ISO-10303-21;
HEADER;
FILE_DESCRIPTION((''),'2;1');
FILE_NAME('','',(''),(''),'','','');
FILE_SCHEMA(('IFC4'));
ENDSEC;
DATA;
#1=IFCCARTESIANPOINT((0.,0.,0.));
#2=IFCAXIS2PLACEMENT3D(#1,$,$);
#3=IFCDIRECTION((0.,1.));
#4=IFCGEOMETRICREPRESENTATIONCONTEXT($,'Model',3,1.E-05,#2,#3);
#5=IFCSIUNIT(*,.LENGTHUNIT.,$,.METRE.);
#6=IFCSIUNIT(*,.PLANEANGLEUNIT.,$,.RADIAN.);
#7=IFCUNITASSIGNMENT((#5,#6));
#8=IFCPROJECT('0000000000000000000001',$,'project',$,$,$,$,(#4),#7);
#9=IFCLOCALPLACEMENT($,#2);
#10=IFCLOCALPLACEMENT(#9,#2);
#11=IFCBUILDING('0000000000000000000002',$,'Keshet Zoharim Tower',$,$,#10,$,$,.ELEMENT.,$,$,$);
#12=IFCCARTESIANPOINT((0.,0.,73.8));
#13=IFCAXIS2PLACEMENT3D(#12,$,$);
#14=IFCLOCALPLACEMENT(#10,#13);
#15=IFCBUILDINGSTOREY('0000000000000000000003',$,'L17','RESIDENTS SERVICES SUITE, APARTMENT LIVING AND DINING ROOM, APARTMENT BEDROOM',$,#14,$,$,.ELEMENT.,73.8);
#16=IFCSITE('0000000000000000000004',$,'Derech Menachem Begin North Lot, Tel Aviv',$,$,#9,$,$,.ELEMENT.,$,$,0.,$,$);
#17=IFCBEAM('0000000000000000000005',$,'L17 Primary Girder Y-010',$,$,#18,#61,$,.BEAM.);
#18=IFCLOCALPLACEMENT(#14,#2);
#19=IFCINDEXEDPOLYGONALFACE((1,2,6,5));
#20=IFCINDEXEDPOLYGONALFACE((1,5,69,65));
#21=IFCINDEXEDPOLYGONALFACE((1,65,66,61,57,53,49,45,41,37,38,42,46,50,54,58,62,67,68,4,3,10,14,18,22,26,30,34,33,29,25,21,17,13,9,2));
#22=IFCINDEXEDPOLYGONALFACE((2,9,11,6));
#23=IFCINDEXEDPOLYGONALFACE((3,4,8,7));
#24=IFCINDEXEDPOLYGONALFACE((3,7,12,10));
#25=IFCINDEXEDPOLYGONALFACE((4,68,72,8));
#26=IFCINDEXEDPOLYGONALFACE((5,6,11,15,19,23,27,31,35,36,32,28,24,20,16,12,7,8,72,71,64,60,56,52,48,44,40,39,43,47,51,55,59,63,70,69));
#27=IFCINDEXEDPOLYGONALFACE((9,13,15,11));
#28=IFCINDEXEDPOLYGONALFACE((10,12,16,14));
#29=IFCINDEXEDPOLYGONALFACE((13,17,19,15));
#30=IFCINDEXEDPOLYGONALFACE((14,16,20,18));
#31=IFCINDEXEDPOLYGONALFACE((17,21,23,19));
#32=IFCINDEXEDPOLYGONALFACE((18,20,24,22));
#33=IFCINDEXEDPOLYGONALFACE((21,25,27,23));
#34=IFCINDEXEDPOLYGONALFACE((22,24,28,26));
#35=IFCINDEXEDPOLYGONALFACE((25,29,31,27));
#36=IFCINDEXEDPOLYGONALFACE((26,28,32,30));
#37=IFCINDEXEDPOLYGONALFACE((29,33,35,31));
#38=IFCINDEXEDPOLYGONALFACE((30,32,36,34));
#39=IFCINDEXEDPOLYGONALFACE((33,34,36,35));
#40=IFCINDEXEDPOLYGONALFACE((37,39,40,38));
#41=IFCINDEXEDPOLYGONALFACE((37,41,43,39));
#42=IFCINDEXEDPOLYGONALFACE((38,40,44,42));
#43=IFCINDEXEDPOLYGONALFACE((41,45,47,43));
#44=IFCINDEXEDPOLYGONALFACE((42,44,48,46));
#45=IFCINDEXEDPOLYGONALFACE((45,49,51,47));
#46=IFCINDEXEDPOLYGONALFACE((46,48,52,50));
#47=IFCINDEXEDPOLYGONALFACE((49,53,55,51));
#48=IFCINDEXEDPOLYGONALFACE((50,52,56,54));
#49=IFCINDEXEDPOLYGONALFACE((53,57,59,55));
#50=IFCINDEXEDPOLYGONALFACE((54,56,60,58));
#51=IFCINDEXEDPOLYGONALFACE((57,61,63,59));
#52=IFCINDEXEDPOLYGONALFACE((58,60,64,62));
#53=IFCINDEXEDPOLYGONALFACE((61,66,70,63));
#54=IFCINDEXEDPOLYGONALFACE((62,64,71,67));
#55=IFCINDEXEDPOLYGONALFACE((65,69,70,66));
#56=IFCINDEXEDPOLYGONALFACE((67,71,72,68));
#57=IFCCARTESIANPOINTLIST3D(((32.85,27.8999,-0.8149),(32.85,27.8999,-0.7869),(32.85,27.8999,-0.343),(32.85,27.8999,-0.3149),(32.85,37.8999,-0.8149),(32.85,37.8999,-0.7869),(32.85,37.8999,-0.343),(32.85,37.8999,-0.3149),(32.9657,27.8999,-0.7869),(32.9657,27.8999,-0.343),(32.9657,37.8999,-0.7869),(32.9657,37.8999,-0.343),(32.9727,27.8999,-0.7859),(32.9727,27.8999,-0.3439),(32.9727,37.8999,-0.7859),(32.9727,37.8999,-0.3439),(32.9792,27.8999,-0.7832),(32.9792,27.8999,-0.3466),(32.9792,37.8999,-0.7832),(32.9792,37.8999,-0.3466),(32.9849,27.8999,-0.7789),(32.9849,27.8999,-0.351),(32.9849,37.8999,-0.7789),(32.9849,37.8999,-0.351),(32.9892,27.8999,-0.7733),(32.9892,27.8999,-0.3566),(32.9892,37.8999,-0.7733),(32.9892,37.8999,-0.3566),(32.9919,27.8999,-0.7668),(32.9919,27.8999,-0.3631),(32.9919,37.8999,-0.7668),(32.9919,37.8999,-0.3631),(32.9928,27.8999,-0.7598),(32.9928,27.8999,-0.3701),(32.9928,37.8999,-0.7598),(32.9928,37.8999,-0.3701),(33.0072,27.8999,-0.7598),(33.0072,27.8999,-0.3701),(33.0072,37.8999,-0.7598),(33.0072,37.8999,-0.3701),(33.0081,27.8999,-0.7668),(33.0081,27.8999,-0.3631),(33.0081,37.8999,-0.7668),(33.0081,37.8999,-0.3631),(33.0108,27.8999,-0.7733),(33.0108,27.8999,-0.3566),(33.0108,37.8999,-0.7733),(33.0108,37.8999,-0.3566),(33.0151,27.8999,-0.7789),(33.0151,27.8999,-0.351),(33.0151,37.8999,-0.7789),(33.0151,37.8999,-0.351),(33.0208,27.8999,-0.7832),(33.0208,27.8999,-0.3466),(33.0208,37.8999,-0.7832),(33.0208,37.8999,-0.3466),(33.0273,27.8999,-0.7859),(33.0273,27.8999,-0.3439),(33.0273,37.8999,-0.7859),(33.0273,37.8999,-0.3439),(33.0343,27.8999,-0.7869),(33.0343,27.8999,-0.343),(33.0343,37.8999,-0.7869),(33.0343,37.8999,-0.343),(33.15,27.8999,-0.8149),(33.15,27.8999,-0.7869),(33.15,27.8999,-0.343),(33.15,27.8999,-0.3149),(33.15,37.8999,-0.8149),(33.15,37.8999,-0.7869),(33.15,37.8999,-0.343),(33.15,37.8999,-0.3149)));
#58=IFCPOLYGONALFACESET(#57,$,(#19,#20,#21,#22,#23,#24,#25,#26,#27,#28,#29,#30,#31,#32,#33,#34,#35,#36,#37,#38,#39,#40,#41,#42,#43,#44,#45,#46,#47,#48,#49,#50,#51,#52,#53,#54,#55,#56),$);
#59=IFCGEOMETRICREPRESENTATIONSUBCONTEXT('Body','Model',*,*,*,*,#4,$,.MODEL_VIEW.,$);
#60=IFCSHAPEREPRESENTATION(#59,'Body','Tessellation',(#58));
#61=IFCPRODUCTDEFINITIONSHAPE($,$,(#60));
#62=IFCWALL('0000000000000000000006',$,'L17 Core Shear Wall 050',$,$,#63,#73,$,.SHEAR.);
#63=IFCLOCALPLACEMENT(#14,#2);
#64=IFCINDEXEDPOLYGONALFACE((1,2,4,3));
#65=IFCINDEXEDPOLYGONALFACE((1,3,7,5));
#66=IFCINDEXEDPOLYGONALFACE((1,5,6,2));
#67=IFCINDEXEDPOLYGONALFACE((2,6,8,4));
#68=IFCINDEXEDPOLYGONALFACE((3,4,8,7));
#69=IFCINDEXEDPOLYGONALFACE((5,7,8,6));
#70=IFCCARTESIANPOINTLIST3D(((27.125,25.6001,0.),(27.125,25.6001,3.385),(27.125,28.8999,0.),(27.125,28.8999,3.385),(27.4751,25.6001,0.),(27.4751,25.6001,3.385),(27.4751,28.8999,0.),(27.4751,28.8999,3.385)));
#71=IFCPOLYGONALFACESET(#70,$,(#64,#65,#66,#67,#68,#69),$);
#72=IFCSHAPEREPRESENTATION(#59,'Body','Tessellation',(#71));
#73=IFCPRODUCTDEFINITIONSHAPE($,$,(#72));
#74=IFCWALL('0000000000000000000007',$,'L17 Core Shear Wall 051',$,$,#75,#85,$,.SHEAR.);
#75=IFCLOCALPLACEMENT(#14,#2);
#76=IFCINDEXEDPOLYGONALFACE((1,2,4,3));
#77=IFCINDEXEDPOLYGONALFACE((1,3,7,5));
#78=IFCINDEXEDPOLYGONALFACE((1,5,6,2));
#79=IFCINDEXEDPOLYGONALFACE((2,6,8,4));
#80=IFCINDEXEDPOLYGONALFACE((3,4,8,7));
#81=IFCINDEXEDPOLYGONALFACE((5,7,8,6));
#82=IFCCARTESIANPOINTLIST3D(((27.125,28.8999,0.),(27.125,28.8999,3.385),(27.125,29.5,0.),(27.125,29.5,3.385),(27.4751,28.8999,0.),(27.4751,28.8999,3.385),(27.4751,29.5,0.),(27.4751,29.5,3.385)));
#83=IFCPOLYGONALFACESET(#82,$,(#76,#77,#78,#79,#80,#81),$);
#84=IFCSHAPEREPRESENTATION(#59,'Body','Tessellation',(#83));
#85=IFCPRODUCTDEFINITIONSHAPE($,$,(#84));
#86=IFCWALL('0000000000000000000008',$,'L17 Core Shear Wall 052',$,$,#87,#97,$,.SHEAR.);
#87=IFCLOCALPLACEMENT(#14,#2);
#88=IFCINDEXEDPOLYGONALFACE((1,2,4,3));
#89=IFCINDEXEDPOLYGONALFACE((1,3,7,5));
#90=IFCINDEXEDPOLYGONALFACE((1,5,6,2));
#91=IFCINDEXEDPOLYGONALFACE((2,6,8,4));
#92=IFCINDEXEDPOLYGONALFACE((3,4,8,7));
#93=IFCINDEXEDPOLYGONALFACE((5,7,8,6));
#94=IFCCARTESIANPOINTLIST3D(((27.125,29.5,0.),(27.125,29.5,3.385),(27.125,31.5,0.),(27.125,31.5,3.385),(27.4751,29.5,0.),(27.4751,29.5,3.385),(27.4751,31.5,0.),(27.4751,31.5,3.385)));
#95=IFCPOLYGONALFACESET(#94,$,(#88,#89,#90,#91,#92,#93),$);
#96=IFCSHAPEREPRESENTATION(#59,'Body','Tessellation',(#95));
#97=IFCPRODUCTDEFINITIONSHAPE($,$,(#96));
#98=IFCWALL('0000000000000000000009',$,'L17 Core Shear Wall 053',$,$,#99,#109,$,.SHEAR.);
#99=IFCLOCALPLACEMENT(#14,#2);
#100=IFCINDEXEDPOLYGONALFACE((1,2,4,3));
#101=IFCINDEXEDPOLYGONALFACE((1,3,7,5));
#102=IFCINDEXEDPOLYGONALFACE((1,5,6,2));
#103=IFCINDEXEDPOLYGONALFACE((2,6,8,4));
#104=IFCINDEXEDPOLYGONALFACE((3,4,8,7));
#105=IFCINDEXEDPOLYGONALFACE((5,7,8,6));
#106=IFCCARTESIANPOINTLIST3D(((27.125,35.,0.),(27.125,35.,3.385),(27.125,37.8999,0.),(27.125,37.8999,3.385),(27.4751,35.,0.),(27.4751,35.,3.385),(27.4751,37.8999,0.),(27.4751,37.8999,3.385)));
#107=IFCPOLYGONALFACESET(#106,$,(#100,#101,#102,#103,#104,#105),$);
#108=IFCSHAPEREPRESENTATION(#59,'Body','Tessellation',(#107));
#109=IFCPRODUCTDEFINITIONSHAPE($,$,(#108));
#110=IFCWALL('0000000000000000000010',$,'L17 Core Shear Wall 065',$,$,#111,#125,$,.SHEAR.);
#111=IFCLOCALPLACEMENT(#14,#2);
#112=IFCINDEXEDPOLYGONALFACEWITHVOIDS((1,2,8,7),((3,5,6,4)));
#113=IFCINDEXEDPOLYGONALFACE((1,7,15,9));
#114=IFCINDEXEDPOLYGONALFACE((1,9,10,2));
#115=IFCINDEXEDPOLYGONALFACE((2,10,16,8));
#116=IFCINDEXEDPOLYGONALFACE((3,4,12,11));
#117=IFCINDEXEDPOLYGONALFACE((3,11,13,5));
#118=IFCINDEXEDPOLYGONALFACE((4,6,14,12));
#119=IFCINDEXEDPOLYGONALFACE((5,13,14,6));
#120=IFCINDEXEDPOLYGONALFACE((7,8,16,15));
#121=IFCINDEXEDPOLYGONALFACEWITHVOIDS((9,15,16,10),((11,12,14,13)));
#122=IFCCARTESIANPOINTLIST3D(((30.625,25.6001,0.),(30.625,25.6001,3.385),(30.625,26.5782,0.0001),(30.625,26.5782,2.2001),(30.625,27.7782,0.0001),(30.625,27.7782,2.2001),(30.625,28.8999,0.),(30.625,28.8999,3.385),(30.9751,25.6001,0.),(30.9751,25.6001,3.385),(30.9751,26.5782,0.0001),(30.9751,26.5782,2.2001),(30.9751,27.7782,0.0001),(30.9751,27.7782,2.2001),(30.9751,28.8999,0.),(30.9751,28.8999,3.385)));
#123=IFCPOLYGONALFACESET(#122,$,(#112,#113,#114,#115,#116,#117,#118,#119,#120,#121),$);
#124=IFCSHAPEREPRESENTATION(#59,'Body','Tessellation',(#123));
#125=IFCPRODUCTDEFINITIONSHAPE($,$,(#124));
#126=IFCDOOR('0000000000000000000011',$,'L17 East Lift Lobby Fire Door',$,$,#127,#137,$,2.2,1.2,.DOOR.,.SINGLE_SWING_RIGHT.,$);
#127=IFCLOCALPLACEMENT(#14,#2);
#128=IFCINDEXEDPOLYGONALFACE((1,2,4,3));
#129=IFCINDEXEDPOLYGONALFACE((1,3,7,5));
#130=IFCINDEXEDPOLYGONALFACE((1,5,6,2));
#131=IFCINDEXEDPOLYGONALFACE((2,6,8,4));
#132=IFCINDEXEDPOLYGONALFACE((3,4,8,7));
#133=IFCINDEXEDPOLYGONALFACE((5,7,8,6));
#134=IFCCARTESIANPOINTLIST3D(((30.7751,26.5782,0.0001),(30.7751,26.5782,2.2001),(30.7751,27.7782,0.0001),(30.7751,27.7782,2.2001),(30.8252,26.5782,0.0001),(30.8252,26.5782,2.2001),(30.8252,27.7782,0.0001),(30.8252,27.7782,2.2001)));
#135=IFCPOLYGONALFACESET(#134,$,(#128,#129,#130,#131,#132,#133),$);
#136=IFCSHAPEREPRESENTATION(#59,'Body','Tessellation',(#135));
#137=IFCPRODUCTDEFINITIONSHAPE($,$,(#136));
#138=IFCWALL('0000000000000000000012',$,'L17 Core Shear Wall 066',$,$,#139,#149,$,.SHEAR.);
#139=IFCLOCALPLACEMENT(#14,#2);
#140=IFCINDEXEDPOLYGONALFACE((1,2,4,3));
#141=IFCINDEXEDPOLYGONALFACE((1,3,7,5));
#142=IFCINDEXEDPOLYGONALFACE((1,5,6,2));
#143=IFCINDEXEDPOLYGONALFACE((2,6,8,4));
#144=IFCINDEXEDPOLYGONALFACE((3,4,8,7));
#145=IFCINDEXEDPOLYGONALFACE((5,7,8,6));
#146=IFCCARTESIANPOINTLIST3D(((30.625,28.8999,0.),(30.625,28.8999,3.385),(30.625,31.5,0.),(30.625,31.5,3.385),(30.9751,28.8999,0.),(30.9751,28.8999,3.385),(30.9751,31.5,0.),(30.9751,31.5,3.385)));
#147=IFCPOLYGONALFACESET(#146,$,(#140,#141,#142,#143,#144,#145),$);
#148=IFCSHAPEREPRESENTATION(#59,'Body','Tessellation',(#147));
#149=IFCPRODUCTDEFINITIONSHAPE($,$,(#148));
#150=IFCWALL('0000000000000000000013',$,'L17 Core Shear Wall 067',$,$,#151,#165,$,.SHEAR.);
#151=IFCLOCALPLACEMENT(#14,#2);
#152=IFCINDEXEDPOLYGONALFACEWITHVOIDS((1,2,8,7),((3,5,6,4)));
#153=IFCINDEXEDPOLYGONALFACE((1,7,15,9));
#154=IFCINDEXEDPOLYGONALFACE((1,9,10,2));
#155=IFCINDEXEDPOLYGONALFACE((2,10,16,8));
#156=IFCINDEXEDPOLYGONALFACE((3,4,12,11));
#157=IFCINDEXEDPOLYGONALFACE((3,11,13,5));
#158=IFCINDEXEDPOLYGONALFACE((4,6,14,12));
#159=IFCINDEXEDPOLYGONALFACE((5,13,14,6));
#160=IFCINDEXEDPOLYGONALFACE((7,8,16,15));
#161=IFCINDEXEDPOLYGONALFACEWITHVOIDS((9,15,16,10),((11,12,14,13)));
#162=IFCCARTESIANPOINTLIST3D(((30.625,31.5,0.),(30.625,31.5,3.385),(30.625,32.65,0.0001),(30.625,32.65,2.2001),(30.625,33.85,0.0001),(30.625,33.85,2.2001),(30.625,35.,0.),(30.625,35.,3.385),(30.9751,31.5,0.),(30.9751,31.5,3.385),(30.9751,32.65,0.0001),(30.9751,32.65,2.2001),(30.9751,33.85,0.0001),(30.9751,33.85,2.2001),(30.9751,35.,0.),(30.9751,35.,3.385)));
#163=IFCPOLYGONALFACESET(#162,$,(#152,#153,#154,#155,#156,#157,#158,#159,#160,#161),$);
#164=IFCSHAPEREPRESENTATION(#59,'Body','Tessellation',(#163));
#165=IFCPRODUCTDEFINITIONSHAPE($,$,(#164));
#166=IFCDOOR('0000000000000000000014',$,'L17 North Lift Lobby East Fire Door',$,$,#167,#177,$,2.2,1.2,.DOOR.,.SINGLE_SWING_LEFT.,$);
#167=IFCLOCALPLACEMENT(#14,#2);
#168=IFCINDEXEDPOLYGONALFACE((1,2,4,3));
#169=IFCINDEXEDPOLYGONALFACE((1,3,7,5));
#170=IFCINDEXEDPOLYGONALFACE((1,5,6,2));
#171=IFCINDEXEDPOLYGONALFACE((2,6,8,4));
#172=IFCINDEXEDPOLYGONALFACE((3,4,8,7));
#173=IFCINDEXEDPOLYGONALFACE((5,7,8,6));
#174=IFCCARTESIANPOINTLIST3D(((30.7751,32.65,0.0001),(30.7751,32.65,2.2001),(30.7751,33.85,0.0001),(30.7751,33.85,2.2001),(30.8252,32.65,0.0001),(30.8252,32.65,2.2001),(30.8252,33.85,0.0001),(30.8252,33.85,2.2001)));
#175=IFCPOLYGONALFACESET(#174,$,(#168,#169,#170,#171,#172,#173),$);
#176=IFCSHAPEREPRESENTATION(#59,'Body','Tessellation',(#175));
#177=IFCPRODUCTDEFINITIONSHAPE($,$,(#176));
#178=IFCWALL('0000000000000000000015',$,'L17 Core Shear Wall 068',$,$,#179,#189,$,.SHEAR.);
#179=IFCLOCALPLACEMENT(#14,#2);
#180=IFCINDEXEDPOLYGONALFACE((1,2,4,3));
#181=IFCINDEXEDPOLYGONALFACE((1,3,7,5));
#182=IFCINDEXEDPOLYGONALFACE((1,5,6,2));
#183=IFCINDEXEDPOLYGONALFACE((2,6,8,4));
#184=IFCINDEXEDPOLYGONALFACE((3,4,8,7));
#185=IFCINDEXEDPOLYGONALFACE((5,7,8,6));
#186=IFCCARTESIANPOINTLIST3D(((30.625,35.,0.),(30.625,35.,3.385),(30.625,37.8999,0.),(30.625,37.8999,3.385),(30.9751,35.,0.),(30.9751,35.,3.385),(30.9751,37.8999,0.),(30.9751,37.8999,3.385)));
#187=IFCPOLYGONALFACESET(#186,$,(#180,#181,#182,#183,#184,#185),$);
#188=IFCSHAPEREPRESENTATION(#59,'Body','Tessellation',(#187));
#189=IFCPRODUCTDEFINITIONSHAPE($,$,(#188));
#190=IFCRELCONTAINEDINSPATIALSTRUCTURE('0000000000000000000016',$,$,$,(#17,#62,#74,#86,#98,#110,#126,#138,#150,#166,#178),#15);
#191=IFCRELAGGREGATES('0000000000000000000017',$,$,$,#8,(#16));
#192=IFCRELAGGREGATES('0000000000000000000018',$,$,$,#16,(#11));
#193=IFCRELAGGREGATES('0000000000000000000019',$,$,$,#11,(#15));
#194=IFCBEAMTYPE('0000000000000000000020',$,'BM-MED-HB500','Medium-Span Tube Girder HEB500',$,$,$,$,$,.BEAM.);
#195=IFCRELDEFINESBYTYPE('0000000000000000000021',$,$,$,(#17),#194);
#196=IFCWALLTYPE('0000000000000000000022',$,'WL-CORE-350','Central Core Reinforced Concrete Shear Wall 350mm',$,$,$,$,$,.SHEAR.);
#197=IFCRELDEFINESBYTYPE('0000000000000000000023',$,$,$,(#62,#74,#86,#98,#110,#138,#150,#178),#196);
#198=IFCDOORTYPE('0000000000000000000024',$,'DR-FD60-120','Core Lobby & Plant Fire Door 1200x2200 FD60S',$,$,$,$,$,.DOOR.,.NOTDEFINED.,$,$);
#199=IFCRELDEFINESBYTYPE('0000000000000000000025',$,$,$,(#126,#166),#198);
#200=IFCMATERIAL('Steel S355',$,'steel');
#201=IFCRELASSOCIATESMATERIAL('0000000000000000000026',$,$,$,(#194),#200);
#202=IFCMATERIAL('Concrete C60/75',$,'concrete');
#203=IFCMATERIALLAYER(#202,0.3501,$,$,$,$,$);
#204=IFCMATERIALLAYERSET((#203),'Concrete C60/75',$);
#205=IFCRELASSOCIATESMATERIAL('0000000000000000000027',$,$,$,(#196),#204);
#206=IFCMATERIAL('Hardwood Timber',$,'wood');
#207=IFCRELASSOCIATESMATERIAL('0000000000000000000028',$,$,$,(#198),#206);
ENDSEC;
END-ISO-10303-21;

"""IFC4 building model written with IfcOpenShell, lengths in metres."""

from ifc_helpers import new_model, si_unit, direction, frame, frame_2d, origin, origin_2d, place, context, subcontext, project, spatial, rectangle, i_section, extrude, material, layer, layer_set, material_profile, profile_set, type_object, element, fill, save


model = new_model("IFC4")

# Units and contexts
model_context = context("Model", 3, precision=1e-05, world=origin(), true_north=direction((0.0, 1.0)))
body_context = subcontext(model_context, "Body", "Model", "MODEL_VIEW")
ifc_project = project(units=[si_unit("LENGTHUNIT", "METRE"), si_unit("PLANEANGLEUNIT", "RADIAN")], contexts=[model_context])

# Site, building, storey
site_placement = place(None, origin())
site = spatial("IfcSite", under=ifc_project, at=site_placement, Name="Derech Menachem Begin North Lot, Tel Aviv", CompositionType="ELEMENT", RefElevation=0.0)
building_placement = place(site_placement, origin())
building = spatial("IfcBuilding", under=site, at=building_placement, Name="Keshet Zoharim Tower", CompositionType="ELEMENT")
storey_placement = place(building_placement, frame((0.0, 0.0, 73.8)))
storey = spatial("IfcBuildingStorey", under=building, at=storey_placement, Name="L17", Description="RESIDENTS SERVICES SUITE, APARTMENT LIVING AND DINING ROOM, APARTMENT BEDROOM", CompositionType="ELEMENT", Elevation=73.8)

# Shared definitions
ifc_material_1 = material(Name="Concrete C60/75", Category="concrete")

# Beam
ifc_material_2 = material(Name="Steel S355", Category="steel")
ifc_material_profile_1 = material_profile(ifc_material_2, i_section(OverallWidth=0.3, OverallDepth=0.5, WebThickness=0.0144, FlangeThickness=0.0281, FilletRadius=0.0271, at=origin_2d()), Name="HEB500")
ifc_profile_set_1 = profile_set([ifc_material_profile_1], Name="Steel S355")
beam_type_1 = type_object("IfcBeamType", Name="BM-MED-HB500", Description="Medium-Span Tube Girder HEB500", PredefinedType="BEAM", material=ifc_profile_set_1)
beam_1_placement = place(storey_placement, frame((33.0, 27.8999, -0.5649), z_axis=(0.0, 1.0, 0.0), x_axis=(-1.0, 0.0, 0.0)))
element("IfcBeam", 1, at=beam_1_placement, inside=storey, type_object=beam_type_1, Name="L17 Primary Girder Y-010", PredefinedType="BEAM", context=body_context, shape_type="SweptSolid", body=[
    extrude(i_section(OverallWidth=0.3, OverallDepth=0.5, WebThickness=0.0144, FlangeThickness=0.0281, FilletRadius=0.0271, at=origin_2d()), origin(), (0.0, 0.0, 1.0), 10.0),
])

# Walls
ifc_layer_1 = layer(ifc_material_1, 0.3501)
ifc_layer_set_1 = layer_set([ifc_layer_1], Name="Concrete C60/75")
wall_type_1 = type_object("IfcWallType", Name="WL-CORE-350", Description="Central Core Reinforced Concrete Shear Wall 350mm", PredefinedType="SHEAR", material=ifc_layer_set_1)
wall_1_placement = place(storey_placement, frame((27.3, 25.6001, 0.0), z_axis=(0.0, 0.0, 1.0), x_axis=(0.0, 1.0, 0.0)))
element("IfcWall", 2, at=wall_1_placement, inside=storey, type_object=wall_type_1, Name="L17 Core Shear Wall 050", PredefinedType="SHEAR", context=body_context, shape_type="SweptSolid", body=[
    extrude(rectangle(XDim=3.2998, YDim=0.3501, at=frame_2d((1.6499, 0.0))), origin(), (0.0, 0.0, 1.0), 3.385),
])
wall_2_placement = place(storey_placement, frame((27.3, 28.8999, 0.0), z_axis=(0.0, 0.0, 1.0), x_axis=(0.0, 1.0, 0.0)))
element("IfcWall", 3, at=wall_2_placement, inside=storey, type_object=wall_type_1, Name="L17 Core Shear Wall 051", PredefinedType="SHEAR", context=body_context, shape_type="SweptSolid", body=[
    extrude(rectangle(XDim=0.6001, YDim=0.3501, at=frame_2d((0.3, 0.0))), origin(), (0.0, 0.0, 1.0), 3.385),
])
wall_3_placement = place(storey_placement, frame((27.3, 29.5, 0.0), z_axis=(0.0, 0.0, 1.0), x_axis=(0.0, 1.0, 0.0)))
element("IfcWall", 4, at=wall_3_placement, inside=storey, type_object=wall_type_1, Name="L17 Core Shear Wall 052", PredefinedType="SHEAR", context=body_context, shape_type="SweptSolid", body=[
    extrude(rectangle(XDim=2.0, YDim=0.3501, at=frame_2d((1.0, 0.0))), origin(), (0.0, 0.0, 1.0), 3.385),
])
wall_4_placement = place(storey_placement, frame((27.3, 35.0, 0.0), z_axis=(0.0, 0.0, 1.0), x_axis=(0.0, 1.0, 0.0)))
element("IfcWall", 5, at=wall_4_placement, inside=storey, type_object=wall_type_1, Name="L17 Core Shear Wall 053", PredefinedType="SHEAR", context=body_context, shape_type="SweptSolid", body=[
    extrude(rectangle(XDim=2.8999, YDim=0.3501, at=frame_2d((1.45, 0.0))), origin(), (0.0, 0.0, 1.0), 3.385),
])

# Wall, opening, door
wall_5_placement = place(storey_placement, frame((30.8, 25.6001, 0.0), z_axis=(0.0, 0.0, 1.0), x_axis=(0.0, 1.0, 0.0)))
wall_5 = element("IfcWall", 6, at=wall_5_placement, inside=storey, type_object=wall_type_1, Name="L17 Core Shear Wall 065", PredefinedType="SHEAR", context=body_context, shape_type="SweptSolid", body=[
    extrude(rectangle(XDim=3.2998, YDim=0.3501, at=frame_2d((1.6499, 0.0))), origin(), (0.0, 0.0, 1.0), 3.385),
])
opening_1_placement = place(wall_5_placement, frame((0.978, 0.0, 0.0)))
opening_1 = element("IfcOpeningElement", 7, at=opening_1_placement, cuts=wall_5, PredefinedType="OPENING", context=body_context, shape_type="SweptSolid", body=[
    extrude(rectangle(XDim=1.2, YDim=2.2, at=frame_2d((0.6001, 1.1001))), frame((0.0, 0.1851, 0.0), z_axis=(0.0, -1.0, 0.0), x_axis=(1.0, 0.0, 0.0)), (0.0, 0.0, 1.0), 0.3701),
])
ifc_material_3 = material(Name="Hardwood Timber", Category="wood")
door_type_1 = type_object("IfcDoorType", Name="DR-FD60-120", Description="Core Lobby & Plant Fire Door 1200x2200 FD60S", OperationType="NOTDEFINED", PredefinedType="DOOR", material=ifc_material_3)
door_1_placement = place(opening_1_placement, origin())
door_1 = element("IfcDoor", 8, at=door_1_placement, inside=storey, type_object=door_type_1, Name="L17 East Lift Lobby Fire Door", OperationType="SINGLE_SWING_RIGHT", OverallHeight=2.2, OverallWidth=1.2, PredefinedType="DOOR", context=body_context, shape_type="SweptSolid", body=[
    extrude(rectangle(XDim=1.2, YDim=2.2, at=frame_2d((0.6001, 1.1001))), frame((0.0, 0.0249, 0.0), z_axis=(0.0, -1.0, 0.0), x_axis=(1.0, 0.0, 0.0)), (0.0, 0.0, 1.0), 0.05),
])
fill(opening_1, door_1)

# Wall
wall_6_placement = place(storey_placement, frame((30.8, 28.8999, 0.0), z_axis=(0.0, 0.0, 1.0), x_axis=(0.0, 1.0, 0.0)))
element("IfcWall", 9, at=wall_6_placement, inside=storey, type_object=wall_type_1, Name="L17 Core Shear Wall 066", PredefinedType="SHEAR", context=body_context, shape_type="SweptSolid", body=[
    extrude(rectangle(XDim=2.6001, YDim=0.3501, at=frame_2d((1.3, 0.0))), origin(), (0.0, 0.0, 1.0), 3.385),
])

# Wall, opening, door
wall_7_placement = place(storey_placement, frame((30.8, 31.5, 0.0), z_axis=(0.0, 0.0, 1.0), x_axis=(0.0, 1.0, 0.0)))
wall_7 = element("IfcWall", 10, at=wall_7_placement, inside=storey, type_object=wall_type_1, Name="L17 Core Shear Wall 067", PredefinedType="SHEAR", context=body_context, shape_type="SweptSolid", body=[
    extrude(rectangle(XDim=3.5, YDim=0.3501, at=frame_2d((1.75, 0.0))), origin(), (0.0, 0.0, 1.0), 3.385),
])
opening_2_placement = place(wall_7_placement, frame((1.1499, 0.0, 0.0)))
opening_2 = element("IfcOpeningElement", 11, at=opening_2_placement, cuts=wall_7, PredefinedType="OPENING", context=body_context, shape_type="SweptSolid", body=[
    extrude(rectangle(XDim=1.2, YDim=2.2, at=frame_2d((0.6001, 1.1001))), frame((0.0, 0.1851, 0.0), z_axis=(0.0, -1.0, 0.0), x_axis=(1.0, 0.0, 0.0)), (0.0, 0.0, 1.0), 0.3701),
])
door_2_placement = place(opening_2_placement, origin())
door_2 = element("IfcDoor", 12, at=door_2_placement, inside=storey, type_object=door_type_1, Name="L17 North Lift Lobby East Fire Door", OperationType="SINGLE_SWING_LEFT", OverallHeight=2.2, OverallWidth=1.2, PredefinedType="DOOR", context=body_context, shape_type="SweptSolid", body=[
    extrude(rectangle(XDim=1.2, YDim=2.2, at=frame_2d((0.6001, 1.1001))), frame((0.0, 0.0249, 0.0), z_axis=(0.0, -1.0, 0.0), x_axis=(1.0, 0.0, 0.0)), (0.0, 0.0, 1.0), 0.05),
])
fill(opening_2, door_2)

# Wall
wall_8_placement = place(storey_placement, frame((30.8, 35.0, 0.0), z_axis=(0.0, 0.0, 1.0), x_axis=(0.0, 1.0, 0.0)))
element("IfcWall", 13, at=wall_8_placement, inside=storey, type_object=wall_type_1, Name="L17 Core Shear Wall 068", PredefinedType="SHEAR", context=body_context, shape_type="SweptSolid", body=[
    extrude(rectangle(XDim=2.8999, YDim=0.3501, at=frame_2d((1.45, 0.0))), origin(), (0.0, 0.0, 1.0), 3.385),
])

save(model, "model.ifc")
